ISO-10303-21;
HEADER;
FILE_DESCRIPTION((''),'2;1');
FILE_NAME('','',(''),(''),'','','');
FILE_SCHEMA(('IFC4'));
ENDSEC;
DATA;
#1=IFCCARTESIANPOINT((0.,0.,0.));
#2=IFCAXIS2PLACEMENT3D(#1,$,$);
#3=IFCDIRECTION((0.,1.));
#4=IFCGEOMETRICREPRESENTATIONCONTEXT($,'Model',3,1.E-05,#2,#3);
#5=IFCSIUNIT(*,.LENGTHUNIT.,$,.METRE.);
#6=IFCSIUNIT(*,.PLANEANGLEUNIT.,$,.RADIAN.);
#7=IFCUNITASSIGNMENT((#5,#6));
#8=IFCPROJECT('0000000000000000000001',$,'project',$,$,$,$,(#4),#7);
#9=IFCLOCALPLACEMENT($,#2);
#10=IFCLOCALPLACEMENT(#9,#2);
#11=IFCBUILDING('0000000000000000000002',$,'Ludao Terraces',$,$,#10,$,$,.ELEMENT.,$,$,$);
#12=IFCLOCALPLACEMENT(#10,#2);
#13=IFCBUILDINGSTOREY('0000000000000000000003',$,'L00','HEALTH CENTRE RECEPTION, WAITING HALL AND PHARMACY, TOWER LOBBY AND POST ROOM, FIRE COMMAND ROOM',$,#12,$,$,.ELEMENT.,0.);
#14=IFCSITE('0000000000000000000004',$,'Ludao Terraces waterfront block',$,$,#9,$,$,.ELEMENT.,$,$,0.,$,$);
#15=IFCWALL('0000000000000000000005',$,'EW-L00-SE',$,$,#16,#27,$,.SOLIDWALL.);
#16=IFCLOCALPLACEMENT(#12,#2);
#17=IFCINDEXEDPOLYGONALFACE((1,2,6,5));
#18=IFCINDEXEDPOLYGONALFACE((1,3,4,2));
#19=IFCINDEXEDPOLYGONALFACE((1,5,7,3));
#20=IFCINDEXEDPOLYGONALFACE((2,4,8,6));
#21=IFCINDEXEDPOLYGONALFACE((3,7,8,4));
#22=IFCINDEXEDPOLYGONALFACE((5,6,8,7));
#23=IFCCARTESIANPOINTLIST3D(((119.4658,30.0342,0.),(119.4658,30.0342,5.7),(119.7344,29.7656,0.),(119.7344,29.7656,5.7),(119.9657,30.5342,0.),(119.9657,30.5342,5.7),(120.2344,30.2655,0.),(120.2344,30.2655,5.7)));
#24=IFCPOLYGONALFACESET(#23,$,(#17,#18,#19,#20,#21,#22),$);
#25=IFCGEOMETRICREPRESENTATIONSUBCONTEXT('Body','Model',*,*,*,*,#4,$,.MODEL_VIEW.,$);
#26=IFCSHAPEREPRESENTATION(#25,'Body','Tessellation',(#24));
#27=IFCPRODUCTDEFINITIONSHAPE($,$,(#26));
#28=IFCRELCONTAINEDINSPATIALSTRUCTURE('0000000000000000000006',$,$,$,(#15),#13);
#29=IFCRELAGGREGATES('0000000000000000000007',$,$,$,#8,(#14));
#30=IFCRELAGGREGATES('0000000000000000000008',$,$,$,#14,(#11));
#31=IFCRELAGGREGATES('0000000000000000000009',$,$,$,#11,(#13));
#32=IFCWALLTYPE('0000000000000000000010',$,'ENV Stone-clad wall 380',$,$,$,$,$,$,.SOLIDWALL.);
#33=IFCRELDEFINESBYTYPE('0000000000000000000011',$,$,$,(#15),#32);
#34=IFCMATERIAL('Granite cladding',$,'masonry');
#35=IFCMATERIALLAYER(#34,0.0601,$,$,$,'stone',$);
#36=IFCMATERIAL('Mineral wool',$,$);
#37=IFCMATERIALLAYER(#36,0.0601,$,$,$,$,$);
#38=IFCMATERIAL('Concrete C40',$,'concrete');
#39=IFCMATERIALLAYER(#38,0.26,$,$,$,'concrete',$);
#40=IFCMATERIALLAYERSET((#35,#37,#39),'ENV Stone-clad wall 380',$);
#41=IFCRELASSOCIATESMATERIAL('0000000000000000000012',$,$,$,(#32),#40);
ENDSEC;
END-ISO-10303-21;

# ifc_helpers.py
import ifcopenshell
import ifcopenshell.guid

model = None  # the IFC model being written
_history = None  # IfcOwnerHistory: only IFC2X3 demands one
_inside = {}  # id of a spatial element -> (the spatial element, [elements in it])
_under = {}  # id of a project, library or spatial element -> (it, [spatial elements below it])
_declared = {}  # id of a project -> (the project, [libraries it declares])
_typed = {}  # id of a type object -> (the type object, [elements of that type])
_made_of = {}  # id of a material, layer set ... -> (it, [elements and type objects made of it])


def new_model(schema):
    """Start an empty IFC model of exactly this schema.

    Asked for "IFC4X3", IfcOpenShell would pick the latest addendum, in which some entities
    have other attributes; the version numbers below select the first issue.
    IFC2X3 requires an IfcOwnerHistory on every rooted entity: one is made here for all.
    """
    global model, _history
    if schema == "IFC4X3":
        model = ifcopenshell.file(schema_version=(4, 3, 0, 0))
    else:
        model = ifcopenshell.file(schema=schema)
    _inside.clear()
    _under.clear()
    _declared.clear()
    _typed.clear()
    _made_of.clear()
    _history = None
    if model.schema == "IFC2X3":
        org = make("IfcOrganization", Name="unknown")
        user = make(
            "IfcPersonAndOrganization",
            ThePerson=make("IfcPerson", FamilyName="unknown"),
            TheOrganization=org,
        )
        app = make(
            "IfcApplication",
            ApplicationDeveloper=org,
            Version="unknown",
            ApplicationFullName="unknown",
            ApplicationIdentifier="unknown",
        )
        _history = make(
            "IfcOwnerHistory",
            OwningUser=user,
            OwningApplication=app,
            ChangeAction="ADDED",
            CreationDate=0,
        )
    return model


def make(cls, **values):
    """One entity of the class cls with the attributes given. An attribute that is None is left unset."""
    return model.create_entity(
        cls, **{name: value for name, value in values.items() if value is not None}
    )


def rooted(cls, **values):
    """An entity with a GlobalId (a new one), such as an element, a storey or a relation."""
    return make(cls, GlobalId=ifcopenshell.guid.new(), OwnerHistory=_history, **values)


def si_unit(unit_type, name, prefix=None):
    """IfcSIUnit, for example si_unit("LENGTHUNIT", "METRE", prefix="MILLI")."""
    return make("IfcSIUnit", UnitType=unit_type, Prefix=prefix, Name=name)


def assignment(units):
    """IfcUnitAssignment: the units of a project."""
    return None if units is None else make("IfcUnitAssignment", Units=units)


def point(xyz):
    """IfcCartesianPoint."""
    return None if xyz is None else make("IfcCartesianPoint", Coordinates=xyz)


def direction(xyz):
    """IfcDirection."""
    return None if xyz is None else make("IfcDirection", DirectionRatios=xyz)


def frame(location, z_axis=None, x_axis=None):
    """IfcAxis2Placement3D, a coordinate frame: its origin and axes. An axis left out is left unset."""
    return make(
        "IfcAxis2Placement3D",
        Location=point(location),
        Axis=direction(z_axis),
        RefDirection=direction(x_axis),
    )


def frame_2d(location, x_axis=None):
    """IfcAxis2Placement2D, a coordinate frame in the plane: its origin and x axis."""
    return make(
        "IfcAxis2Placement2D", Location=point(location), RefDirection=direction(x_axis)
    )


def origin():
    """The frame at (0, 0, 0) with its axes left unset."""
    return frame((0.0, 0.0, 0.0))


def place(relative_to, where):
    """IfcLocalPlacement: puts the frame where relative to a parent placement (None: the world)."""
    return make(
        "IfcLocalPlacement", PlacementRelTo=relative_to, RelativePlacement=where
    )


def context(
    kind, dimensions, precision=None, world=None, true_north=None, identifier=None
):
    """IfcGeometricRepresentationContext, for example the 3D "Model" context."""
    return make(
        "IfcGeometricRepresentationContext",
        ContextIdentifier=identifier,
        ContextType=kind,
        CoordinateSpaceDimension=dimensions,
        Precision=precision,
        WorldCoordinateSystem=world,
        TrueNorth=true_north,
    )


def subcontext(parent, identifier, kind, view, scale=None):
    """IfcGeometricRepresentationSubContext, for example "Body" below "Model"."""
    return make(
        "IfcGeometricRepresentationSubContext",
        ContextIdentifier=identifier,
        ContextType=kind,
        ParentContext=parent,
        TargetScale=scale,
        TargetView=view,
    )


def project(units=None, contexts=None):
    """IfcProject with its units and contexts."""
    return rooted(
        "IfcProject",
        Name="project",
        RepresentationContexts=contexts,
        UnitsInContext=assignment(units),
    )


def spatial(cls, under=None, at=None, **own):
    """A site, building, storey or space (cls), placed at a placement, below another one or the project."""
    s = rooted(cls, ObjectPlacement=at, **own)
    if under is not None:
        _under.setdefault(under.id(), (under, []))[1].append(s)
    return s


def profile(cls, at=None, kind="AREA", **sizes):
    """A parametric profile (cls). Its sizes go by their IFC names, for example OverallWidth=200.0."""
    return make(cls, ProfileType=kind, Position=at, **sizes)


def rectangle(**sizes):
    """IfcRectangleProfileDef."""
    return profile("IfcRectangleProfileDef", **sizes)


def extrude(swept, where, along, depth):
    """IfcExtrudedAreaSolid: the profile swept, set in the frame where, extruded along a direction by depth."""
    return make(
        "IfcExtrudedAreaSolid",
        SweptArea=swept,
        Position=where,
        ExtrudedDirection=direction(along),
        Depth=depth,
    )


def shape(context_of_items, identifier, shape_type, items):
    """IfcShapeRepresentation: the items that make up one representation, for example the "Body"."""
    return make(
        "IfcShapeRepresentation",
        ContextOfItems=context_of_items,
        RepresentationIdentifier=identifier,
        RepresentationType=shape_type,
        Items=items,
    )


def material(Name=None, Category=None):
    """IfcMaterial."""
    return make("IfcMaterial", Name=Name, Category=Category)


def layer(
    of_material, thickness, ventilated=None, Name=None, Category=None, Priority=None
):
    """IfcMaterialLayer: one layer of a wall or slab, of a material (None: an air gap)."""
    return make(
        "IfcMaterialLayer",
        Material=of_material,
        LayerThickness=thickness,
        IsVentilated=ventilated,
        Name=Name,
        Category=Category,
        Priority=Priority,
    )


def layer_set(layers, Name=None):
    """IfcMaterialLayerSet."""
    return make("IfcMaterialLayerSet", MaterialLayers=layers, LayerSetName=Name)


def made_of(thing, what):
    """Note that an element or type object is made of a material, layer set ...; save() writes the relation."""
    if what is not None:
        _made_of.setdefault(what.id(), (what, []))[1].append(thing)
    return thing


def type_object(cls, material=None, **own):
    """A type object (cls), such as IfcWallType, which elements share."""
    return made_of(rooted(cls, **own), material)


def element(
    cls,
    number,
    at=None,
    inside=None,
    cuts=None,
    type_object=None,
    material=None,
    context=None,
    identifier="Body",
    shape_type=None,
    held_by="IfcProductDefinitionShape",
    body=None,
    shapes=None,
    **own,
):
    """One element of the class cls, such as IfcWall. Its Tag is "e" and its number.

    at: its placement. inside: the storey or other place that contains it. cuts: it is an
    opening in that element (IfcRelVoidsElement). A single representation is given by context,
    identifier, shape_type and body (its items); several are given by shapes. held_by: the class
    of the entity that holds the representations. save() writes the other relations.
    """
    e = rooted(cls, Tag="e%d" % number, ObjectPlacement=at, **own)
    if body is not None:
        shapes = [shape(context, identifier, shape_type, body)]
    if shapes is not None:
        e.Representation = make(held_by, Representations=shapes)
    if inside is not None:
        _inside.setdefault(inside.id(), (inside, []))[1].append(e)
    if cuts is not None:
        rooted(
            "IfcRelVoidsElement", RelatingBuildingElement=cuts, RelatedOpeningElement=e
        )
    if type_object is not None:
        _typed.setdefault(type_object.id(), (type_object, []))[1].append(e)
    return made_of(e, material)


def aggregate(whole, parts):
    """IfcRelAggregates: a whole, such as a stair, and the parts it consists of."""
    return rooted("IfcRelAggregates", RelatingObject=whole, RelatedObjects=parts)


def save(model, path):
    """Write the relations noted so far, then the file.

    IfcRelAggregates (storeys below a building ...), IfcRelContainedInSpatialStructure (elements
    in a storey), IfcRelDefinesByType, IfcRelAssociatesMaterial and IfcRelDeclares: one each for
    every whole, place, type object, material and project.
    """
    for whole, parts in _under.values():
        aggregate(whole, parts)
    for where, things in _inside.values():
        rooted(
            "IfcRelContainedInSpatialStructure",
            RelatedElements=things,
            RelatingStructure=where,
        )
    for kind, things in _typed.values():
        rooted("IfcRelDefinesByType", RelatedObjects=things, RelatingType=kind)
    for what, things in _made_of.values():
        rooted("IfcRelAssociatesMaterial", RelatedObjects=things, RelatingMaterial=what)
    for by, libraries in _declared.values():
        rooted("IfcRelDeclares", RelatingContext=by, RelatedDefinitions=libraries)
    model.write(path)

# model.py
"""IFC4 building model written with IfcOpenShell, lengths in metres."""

from ifc_helpers import new_model, si_unit, direction, frame, frame_2d, origin, place, context, subcontext, project, spatial, rectangle, extrude, material, layer, layer_set, type_object, element, save


model = new_model("IFC4")

# Units and contexts
model_context = context("Model", 3, precision=1e-05, world=origin(), true_north=direction((0.0, 1.0)))
body_context = subcontext(model_context, "Body", "Model", "MODEL_VIEW")
ifc_project = project(units=[si_unit("LENGTHUNIT", "METRE"), si_unit("PLANEANGLEUNIT", "RADIAN")], contexts=[model_context])

# Site, building, storey
site_placement = place(None, origin())
site = spatial("IfcSite", under=ifc_project, at=site_placement, Name="Ludao Terraces waterfront block", CompositionType="ELEMENT", RefElevation=0.0)
building_placement = place(site_placement, origin())
building = spatial("IfcBuilding", under=site, at=building_placement, Name="Ludao Terraces", CompositionType="ELEMENT")
storey_placement = place(building_placement, origin())
storey = spatial("IfcBuildingStorey", under=building, at=storey_placement, Name="L00", Description="HEALTH CENTRE RECEPTION, WAITING HALL AND PHARMACY, TOWER LOBBY AND POST ROOM, FIRE COMMAND ROOM", CompositionType="ELEMENT", Elevation=0.0)

# Wall
ifc_material_1 = material(Name="Granite cladding", Category="masonry")
ifc_layer_1 = layer(ifc_material_1, 0.0601, Category="stone")
ifc_material_2 = material(Name="Mineral wool")
ifc_layer_2 = layer(ifc_material_2, 0.0601)
ifc_material_3 = material(Name="Concrete C40", Category="concrete")
ifc_layer_3 = layer(ifc_material_3, 0.26, Category="concrete")
ifc_layer_set_1 = layer_set([ifc_layer_1, ifc_layer_2, ifc_layer_3], Name="ENV Stone-clad wall 380")
wall_type = type_object("IfcWallType", Name="ENV Stone-clad wall 380", PredefinedType="SOLIDWALL", material=ifc_layer_set_1)
wall_placement = place(storey_placement, frame((119.6001, 29.8999, 0.0), z_axis=(0.0, 0.0, 1.0), x_axis=(0.707107, 0.707107, 0.0)))
element("IfcWall", 1, at=wall_placement, inside=storey, type_object=wall_type, Name="EW-L00-SE", PredefinedType="SOLIDWALL", context=body_context, shape_type="SweptSolid", body=[
    extrude(rectangle(XDim=0.707, YDim=0.3799, at=frame_2d((0.3535, 0.0))), origin(), (0.0, 0.0, 1.0), 5.7),
])

save(model, "model.ifc")
